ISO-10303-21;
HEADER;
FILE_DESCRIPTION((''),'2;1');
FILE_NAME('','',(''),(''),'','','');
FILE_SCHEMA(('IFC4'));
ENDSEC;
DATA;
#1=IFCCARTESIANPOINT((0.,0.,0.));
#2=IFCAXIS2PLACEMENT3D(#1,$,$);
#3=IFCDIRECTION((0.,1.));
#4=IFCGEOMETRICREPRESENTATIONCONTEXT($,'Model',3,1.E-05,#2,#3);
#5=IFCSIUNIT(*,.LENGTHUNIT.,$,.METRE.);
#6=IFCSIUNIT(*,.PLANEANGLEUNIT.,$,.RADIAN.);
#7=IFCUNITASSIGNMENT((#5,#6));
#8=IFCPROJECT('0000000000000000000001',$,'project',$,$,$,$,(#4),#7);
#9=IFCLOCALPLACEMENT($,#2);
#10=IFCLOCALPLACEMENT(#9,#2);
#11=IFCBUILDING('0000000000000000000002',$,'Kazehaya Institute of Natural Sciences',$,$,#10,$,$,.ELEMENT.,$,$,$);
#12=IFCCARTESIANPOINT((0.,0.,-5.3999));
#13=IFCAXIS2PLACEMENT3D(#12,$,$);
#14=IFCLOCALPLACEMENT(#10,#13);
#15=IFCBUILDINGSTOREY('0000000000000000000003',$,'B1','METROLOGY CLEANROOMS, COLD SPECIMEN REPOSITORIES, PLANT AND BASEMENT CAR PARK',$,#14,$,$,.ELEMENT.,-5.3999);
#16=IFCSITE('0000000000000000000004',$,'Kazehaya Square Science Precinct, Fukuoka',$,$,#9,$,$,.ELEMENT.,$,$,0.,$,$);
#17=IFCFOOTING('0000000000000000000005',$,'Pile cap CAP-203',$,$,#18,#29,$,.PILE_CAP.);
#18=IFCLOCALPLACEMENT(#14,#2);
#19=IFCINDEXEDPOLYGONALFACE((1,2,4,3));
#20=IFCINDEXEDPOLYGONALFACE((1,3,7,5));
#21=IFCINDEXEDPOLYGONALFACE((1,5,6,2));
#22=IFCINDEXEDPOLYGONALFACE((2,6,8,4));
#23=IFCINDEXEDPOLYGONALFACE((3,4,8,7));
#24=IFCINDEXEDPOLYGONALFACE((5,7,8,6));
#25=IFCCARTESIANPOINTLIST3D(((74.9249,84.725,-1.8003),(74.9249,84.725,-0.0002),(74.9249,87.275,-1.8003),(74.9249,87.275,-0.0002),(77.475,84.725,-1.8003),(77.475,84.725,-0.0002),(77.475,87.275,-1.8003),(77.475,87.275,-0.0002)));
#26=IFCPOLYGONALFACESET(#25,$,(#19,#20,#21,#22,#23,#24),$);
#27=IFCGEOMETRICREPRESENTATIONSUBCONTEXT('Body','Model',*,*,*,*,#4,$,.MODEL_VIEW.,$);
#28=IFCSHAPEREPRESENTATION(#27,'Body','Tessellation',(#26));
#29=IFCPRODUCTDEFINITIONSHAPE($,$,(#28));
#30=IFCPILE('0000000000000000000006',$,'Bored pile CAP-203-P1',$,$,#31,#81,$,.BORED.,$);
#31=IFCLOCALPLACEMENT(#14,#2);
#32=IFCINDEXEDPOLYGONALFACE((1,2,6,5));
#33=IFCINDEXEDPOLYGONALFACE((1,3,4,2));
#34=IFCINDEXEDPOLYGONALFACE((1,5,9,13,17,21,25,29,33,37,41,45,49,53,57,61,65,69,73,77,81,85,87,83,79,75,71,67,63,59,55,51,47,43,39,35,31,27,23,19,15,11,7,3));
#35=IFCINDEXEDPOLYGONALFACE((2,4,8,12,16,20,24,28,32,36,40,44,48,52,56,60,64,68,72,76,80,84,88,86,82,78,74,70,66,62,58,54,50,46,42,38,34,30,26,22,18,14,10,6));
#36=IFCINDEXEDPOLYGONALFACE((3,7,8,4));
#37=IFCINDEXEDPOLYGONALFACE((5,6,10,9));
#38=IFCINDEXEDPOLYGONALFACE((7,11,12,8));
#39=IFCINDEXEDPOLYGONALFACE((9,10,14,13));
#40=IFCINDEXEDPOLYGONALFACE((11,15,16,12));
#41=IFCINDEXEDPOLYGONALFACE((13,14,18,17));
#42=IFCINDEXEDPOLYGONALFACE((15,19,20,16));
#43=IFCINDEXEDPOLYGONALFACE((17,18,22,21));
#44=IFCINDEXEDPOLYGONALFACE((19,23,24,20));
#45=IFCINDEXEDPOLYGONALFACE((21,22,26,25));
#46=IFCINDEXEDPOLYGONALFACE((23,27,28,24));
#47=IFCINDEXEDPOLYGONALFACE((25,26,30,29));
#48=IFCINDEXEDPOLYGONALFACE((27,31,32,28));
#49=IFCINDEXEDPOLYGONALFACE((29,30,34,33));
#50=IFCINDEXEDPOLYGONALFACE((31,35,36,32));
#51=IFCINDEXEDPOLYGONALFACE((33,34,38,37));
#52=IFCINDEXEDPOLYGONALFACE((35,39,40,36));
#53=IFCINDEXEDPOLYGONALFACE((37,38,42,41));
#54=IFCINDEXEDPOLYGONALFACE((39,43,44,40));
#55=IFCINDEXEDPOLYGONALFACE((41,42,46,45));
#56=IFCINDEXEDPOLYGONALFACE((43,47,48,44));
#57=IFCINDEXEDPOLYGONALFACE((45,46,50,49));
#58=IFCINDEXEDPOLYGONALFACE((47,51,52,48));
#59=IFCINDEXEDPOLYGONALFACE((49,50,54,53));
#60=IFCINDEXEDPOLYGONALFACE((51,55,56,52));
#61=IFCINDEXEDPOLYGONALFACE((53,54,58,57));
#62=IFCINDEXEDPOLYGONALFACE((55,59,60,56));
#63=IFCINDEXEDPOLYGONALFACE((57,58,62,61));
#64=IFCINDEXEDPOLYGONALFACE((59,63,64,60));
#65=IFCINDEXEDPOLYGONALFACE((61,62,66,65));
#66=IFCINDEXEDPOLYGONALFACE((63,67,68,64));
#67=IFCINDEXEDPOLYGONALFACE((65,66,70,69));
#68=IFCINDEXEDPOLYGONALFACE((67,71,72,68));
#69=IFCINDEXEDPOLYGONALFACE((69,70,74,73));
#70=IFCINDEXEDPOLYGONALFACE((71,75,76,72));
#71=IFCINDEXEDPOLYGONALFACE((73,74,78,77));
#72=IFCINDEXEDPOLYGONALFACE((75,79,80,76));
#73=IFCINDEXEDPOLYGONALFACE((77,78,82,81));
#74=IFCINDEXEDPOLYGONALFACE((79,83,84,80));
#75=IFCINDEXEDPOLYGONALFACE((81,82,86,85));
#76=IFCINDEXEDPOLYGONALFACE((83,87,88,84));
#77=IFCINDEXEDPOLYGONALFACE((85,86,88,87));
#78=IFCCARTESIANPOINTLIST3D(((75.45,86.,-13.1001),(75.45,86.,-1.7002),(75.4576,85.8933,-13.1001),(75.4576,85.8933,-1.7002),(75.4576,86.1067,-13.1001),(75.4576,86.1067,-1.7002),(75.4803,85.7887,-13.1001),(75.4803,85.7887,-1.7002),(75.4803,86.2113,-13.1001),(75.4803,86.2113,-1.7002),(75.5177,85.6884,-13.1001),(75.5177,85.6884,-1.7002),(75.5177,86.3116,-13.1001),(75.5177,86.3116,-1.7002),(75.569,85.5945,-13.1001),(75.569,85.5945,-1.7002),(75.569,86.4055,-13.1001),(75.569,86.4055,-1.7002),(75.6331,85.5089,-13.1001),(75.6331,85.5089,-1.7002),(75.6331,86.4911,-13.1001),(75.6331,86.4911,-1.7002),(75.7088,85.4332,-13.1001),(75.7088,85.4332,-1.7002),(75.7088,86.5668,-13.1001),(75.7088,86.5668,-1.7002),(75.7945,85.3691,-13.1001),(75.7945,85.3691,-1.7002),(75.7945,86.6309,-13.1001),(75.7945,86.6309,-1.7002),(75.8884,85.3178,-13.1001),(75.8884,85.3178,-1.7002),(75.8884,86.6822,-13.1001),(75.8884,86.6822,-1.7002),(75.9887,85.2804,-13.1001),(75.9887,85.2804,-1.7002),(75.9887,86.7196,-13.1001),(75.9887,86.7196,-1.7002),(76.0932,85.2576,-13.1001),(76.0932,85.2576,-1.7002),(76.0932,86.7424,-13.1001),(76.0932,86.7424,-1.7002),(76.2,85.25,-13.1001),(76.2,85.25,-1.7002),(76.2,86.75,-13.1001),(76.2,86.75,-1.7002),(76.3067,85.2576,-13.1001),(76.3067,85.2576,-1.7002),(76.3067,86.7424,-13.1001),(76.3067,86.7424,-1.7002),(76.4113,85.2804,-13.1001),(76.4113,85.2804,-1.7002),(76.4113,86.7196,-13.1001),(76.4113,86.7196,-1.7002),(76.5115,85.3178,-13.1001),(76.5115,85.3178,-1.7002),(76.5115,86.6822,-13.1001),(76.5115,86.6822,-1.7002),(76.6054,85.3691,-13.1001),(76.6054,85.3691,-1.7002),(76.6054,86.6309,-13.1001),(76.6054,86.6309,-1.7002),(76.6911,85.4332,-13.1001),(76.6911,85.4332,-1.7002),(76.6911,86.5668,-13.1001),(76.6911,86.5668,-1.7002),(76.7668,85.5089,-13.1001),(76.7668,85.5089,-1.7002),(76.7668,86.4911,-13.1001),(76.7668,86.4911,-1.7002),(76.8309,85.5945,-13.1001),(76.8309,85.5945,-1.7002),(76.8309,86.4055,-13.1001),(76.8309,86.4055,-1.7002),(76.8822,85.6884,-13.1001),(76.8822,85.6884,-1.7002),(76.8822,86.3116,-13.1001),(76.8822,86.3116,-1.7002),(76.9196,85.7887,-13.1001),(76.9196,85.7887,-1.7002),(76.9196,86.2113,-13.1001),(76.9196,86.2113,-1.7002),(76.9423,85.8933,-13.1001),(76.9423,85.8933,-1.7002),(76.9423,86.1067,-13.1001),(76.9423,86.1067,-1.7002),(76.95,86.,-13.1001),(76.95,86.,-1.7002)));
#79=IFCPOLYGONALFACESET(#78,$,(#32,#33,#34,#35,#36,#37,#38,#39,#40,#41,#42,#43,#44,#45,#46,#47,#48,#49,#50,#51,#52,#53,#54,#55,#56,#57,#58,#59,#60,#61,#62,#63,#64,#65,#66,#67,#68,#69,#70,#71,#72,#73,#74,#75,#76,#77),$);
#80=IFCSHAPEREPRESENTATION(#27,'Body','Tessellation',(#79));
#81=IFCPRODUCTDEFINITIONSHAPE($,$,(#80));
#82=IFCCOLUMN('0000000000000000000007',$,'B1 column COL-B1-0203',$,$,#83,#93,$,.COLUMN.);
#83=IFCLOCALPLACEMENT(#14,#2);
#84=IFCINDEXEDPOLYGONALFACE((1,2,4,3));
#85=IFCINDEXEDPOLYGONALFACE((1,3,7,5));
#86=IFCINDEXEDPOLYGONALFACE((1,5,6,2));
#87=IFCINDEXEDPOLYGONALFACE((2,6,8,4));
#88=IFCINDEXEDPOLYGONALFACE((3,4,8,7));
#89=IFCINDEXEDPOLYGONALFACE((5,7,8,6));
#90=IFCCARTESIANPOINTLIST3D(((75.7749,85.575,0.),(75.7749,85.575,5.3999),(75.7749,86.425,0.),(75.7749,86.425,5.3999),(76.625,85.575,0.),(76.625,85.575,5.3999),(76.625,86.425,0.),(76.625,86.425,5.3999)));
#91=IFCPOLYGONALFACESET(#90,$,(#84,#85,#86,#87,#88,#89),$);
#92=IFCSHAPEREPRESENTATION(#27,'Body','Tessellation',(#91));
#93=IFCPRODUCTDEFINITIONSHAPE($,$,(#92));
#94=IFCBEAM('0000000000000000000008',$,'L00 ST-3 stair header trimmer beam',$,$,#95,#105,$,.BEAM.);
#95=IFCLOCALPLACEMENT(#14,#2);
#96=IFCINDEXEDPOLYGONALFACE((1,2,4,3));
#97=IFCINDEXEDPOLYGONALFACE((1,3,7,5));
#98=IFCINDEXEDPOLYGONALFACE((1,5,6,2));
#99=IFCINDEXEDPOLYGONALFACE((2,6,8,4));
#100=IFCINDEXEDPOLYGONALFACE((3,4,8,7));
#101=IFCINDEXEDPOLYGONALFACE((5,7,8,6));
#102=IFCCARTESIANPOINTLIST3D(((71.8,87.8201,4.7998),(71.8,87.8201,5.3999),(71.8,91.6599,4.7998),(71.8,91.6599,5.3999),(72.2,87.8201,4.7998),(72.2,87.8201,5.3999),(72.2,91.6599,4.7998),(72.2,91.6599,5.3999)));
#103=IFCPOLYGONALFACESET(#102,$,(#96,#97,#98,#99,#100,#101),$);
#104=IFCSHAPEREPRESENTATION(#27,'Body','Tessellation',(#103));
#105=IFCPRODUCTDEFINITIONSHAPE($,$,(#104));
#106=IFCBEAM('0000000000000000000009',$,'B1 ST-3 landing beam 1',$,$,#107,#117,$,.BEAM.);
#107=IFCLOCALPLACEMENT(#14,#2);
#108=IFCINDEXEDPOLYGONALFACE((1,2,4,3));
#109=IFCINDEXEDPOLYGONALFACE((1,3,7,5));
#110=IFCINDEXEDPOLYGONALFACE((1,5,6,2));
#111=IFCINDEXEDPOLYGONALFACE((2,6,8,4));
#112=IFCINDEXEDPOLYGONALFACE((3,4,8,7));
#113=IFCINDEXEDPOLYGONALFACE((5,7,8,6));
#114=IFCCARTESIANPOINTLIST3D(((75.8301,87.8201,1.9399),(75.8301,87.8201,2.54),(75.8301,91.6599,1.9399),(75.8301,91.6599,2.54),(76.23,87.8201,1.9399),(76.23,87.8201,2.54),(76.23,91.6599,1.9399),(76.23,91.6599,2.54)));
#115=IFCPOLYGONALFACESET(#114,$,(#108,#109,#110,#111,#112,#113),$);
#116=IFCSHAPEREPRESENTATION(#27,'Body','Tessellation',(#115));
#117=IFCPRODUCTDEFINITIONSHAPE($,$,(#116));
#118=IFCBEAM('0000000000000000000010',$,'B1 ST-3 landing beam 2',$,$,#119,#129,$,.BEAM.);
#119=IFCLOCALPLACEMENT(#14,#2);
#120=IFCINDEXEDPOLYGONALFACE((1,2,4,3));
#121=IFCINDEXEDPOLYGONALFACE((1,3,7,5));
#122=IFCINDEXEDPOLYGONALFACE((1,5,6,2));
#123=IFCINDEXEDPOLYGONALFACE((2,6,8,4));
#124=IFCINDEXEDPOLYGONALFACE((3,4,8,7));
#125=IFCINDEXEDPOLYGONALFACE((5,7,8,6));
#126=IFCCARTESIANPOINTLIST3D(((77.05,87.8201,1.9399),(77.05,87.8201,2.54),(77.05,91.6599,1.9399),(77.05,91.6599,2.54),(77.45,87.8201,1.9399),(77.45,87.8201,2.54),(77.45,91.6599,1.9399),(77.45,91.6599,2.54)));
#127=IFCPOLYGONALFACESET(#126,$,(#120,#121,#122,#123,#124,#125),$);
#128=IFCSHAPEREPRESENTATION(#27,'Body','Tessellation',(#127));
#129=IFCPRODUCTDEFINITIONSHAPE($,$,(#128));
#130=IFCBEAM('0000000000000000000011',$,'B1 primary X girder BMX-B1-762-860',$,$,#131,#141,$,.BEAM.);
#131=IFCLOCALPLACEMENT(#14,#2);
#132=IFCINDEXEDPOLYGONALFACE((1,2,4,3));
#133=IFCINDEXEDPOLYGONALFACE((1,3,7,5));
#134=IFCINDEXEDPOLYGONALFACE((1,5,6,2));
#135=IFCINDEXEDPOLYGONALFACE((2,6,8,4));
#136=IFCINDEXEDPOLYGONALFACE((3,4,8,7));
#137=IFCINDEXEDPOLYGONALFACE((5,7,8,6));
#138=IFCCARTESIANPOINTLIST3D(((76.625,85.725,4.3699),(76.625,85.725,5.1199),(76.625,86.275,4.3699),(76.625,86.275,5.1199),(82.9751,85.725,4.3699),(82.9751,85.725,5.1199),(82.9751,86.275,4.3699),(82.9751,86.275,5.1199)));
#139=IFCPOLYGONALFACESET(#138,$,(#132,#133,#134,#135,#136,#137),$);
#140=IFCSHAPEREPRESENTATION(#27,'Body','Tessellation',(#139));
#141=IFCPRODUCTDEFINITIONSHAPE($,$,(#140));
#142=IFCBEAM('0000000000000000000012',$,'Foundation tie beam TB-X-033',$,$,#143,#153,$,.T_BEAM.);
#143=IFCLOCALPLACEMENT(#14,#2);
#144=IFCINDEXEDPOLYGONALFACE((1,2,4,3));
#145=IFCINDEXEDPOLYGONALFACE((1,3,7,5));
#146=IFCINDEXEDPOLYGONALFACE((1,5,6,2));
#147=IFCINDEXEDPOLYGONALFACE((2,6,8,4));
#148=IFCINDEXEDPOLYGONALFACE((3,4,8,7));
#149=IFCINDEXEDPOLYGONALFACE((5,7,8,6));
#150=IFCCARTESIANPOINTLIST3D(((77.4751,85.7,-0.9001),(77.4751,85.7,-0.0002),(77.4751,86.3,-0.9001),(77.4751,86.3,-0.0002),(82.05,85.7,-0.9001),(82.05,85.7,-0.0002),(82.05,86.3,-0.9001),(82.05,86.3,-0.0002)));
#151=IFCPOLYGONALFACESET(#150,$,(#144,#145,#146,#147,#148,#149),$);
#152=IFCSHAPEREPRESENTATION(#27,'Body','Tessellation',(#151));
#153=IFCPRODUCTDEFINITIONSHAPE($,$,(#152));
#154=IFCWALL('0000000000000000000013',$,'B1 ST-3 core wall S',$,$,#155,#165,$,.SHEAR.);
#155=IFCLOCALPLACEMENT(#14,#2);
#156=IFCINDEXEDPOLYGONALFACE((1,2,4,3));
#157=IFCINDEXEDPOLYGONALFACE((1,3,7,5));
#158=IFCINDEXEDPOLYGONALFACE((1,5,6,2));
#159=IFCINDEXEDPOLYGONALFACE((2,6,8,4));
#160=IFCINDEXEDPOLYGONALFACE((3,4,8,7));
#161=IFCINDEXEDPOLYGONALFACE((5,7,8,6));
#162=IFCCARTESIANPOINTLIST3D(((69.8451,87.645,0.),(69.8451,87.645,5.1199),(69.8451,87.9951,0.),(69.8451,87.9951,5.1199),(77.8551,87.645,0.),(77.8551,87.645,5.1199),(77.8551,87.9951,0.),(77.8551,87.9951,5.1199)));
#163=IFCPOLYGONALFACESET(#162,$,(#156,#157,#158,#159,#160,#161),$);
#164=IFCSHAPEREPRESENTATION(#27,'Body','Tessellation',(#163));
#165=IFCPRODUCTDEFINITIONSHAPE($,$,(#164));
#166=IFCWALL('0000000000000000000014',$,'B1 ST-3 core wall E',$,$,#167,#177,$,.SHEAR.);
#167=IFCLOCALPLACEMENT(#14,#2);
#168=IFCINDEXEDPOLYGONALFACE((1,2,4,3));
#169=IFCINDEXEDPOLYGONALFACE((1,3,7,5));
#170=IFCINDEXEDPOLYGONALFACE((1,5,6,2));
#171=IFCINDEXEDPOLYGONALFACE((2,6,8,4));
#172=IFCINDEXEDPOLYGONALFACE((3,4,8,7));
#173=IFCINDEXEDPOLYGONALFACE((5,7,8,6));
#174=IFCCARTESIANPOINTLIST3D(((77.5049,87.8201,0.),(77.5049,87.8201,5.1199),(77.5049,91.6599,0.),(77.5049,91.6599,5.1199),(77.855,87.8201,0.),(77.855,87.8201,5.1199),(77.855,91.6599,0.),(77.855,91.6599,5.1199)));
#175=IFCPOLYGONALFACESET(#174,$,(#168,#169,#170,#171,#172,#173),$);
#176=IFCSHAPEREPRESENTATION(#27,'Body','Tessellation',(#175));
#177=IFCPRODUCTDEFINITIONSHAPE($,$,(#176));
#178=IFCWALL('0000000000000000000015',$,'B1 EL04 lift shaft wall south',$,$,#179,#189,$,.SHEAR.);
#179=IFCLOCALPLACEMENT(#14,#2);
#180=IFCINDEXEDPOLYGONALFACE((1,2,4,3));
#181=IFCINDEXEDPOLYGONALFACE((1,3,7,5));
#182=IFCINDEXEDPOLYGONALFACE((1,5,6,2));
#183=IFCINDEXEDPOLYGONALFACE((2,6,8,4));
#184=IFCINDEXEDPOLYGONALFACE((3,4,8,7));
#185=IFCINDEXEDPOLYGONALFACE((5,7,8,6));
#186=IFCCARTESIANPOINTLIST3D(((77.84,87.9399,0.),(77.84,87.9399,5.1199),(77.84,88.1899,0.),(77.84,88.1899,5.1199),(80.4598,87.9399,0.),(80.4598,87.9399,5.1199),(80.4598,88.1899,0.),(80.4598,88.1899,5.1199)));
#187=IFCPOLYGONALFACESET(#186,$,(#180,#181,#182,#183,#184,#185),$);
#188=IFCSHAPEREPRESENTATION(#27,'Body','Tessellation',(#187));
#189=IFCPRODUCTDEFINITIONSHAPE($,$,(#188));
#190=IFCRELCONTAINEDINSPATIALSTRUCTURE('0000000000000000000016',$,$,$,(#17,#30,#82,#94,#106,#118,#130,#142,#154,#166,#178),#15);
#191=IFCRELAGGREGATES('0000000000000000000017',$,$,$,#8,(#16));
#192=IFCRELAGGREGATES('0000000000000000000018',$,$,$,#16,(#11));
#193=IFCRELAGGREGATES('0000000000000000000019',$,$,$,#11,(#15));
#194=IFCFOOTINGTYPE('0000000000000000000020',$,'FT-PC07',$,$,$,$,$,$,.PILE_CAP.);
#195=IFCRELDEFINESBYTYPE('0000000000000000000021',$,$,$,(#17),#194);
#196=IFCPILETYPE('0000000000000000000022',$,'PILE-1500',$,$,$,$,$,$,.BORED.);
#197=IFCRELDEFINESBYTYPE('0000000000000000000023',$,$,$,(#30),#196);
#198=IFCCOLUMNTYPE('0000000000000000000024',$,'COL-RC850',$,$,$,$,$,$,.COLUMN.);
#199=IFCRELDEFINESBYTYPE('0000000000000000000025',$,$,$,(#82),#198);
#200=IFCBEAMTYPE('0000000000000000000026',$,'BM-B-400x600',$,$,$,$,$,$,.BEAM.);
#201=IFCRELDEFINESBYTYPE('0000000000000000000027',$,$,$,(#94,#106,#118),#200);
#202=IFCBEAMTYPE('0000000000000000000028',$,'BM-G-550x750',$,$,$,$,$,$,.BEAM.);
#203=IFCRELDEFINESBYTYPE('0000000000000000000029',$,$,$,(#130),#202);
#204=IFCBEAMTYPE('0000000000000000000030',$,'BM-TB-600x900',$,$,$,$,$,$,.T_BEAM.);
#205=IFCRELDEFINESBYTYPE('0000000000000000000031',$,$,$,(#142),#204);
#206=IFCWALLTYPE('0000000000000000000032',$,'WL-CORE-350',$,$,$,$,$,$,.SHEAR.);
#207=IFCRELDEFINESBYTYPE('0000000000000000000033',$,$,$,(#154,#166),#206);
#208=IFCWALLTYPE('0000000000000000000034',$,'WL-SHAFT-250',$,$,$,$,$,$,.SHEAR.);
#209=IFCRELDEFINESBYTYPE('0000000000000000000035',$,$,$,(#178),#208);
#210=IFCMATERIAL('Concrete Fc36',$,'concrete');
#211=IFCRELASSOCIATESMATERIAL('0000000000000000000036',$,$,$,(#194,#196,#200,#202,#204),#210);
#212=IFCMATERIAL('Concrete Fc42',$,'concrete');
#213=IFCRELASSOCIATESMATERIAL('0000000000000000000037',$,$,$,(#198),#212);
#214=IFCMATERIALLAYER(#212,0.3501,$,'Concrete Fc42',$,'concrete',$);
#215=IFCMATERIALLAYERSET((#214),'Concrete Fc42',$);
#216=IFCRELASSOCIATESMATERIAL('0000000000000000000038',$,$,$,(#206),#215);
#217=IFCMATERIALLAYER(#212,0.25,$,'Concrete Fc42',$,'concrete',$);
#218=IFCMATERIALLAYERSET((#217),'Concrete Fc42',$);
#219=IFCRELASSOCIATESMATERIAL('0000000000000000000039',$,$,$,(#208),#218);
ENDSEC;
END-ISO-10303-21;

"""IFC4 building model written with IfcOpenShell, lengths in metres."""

from ifc_helpers import new_model, si_unit, direction, frame, frame_2d, origin, origin_2d, place, context, subcontext, project, spatial, rectangle, circle, extrude, material, layer, layer_set, material_profile, profile_set, type_object, element, save


model = new_model("IFC4")

# Units and contexts
model_context = context("Model", 3, precision=1e-05, world=origin(), true_north=direction((0.0, 1.0)))
body_context = subcontext(model_context, "Body", "Model", "MODEL_VIEW")
ifc_project = project(units=[si_unit("LENGTHUNIT", "METRE"), si_unit("PLANEANGLEUNIT", "RADIAN")], contexts=[model_context])

# Site, building, storey
site_placement = place(None, origin())
site = spatial("IfcSite", under=ifc_project, at=site_placement, Name="Kazehaya Square Science Precinct, Fukuoka", CompositionType="ELEMENT", RefElevation=0.0)
building_placement = place(site_placement, origin())
building = spatial("IfcBuilding", under=site, at=building_placement, Name="Kazehaya Institute of Natural Sciences", CompositionType="ELEMENT")
storey_placement = place(building_placement, frame((0.0, 0.0, -5.3999)))
storey = spatial("IfcBuildingStorey", under=building, at=storey_placement, Name="B1", Description="METROLOGY CLEANROOMS, COLD SPECIMEN REPOSITORIES, PLANT AND BASEMENT CAR PARK", CompositionType="ELEMENT", Elevation=-5.3999)

# Footing
ifc_material_1 = material(Name="Concrete Fc36", Category="concrete")
footing_type = type_object("IfcFootingType", Name="FT-PC07", PredefinedType="PILE_CAP", material=ifc_material_1)
footing_placement = place(storey_placement, frame((76.2, 86.0, -1.8003), z_axis=(0.0, 0.0, 1.0), x_axis=(1.0, 0.0, 0.0)))
element("IfcFooting", 1, at=footing_placement, inside=storey, type_object=footing_type, Name="Pile cap CAP-203", PredefinedType="PILE_CAP", context=body_context, shape_type="SweptSolid", body=[
    extrude(rectangle(XDim=2.55, YDim=2.55, at=origin_2d()), origin(), (0.0, 0.0, 1.0), 1.8),
])

# Pile
ifc_material_profile_1 = material_profile(ifc_material_1, circle(Radius=0.75, at=origin_2d()), Name="PILE-1500")
ifc_profile_set_1 = profile_set([ifc_material_profile_1], Name="Concrete Fc36")
pile_type = type_object("IfcPileType", Name="PILE-1500", PredefinedType="BORED", material=ifc_profile_set_1)
pile_placement = place(storey_placement, frame((76.2, 86.0, -1.7002), z_axis=(0.0, 0.0, -1.0), x_axis=(1.0, 0.0, 0.0)))
element("IfcPile", 2, at=pile_placement, inside=storey, type_object=pile_type, Name="Bored pile CAP-203-P1", PredefinedType="BORED", context=body_context, shape_type="SweptSolid", body=[
    extrude(circle(Radius=0.75, at=origin_2d()), origin(), (0.0, 0.0, 1.0), 11.3999),
])

# Column
ifc_material_2 = material(Name="Concrete Fc42", Category="concrete")
ifc_material_profile_2 = material_profile(ifc_material_2, rectangle(XDim=0.8501, YDim=0.8501, at=origin_2d()), Name="RC-850x850")
ifc_profile_set_2 = profile_set([ifc_material_profile_2], Name="Concrete Fc42")
column_type = type_object("IfcColumnType", Name="COL-RC850", PredefinedType="COLUMN", material=ifc_profile_set_2)
column_placement = place(storey_placement, frame((76.2, 86.0, 0.0), z_axis=(0.0, 0.0, 1.0), x_axis=(1.0, 0.0, 0.0)))
element("IfcColumn", 3, at=column_placement, inside=storey, type_object=column_type, Name="B1 column COL-B1-0203", PredefinedType="COLUMN", context=body_context, shape_type="SweptSolid", body=[
    extrude(rectangle(XDim=0.8501, YDim=0.8501, at=origin_2d()), origin(), (0.0, 0.0, 1.0), 5.3999),
])

# Beams
ifc_material_profile_3 = material_profile(ifc_material_1, rectangle(XDim=0.3999, YDim=0.6001, at=origin_2d()), Name="RC-400x600")
ifc_profile_set_3 = profile_set([ifc_material_profile_3], Name="Concrete Fc36")
beam_type_1 = type_object("IfcBeamType", Name="BM-B-400x600", PredefinedType="BEAM", material=ifc_profile_set_3)
for number, where, z_axis, x_axis, name in (
    (4, (72.0, 87.8201, 5.0999), (0.0, 1.0, 0.0), (-1.0, 0.0, 0.0), "L00 ST-3 stair header trimmer beam"),
    (5, (76.03, 87.8201, 2.24), (0.0, 1.0, 0.0), (-1.0, 0.0, 0.0), "B1 ST-3 landing beam 1"),
    (6, (77.25, 87.8201, 2.24), (0.0, 1.0, 0.0), (-1.0, 0.0, 0.0), "B1 ST-3 landing beam 2"),
):
    element("IfcBeam", number, at=place(storey_placement, frame(where, z_axis=z_axis, x_axis=x_axis)), inside=storey, type_object=beam_type_1, Name=name, PredefinedType="BEAM", context=body_context, shape_type="SweptSolid", body=[
        extrude(rectangle(XDim=0.3999, YDim=0.6001, at=origin_2d()), origin(), (0.0, 0.0, 1.0), 3.8398),
    ])
ifc_material_profile_4 = material_profile(ifc_material_1, rectangle(XDim=0.55, YDim=0.75, at=origin_2d()), Name="RC-550x750")
ifc_profile_set_4 = profile_set([ifc_material_profile_4], Name="Concrete Fc36")
beam_type_2 = type_object("IfcBeamType", Name="BM-G-550x750", PredefinedType="BEAM", material=ifc_profile_set_4)
beam_1_placement = place(storey_placement, frame((76.625, 86.0, 4.7449), z_axis=(1.0, 0.0, 0.0), x_axis=(0.0, 1.0, 0.0)))
element("IfcBeam", 7, at=beam_1_placement, inside=storey, type_object=beam_type_2, Name="B1 primary X girder BMX-B1-762-860", PredefinedType="BEAM", context=body_context, shape_type="SweptSolid", body=[
    extrude(rectangle(XDim=0.55, YDim=0.75, at=origin_2d()), origin(), (0.0, 0.0, 1.0), 6.3501),
])
ifc_material_profile_5 = material_profile(ifc_material_1, rectangle(XDim=0.6001, YDim=0.8999, at=origin_2d()), Name="RC-600x900")
ifc_profile_set_5 = profile_set([ifc_material_profile_5], Name="Concrete Fc36")
beam_type_3 = type_object("IfcBeamType", Name="BM-TB-600x900", PredefinedType="T_BEAM", material=ifc_profile_set_5)
beam_2_placement = place(storey_placement, frame((77.4751, 86.0, -0.4502), z_axis=(1.0, 0.0, 0.0), x_axis=(0.0, 1.0, 0.0)))
element("IfcBeam", 8, at=beam_2_placement, inside=storey, type_object=beam_type_3, Name="Foundation tie beam TB-X-033", PredefinedType="T_BEAM", context=body_context, shape_type="SweptSolid", body=[
    extrude(rectangle(XDim=0.6001, YDim=0.8999, at=origin_2d()), origin(), (0.0, 0.0, 1.0), 4.575),
])

# Walls
ifc_layer_1 = layer(ifc_material_2, 0.3501, Name="Concrete Fc42", Category="concrete")
ifc_layer_set_1 = layer_set([ifc_layer_1], Name="Concrete Fc42")
wall_type_1 = type_object("IfcWallType", Name="WL-CORE-350", PredefinedType="SHEAR", material=ifc_layer_set_1)
wall_1_placement = place(storey_placement, frame((77.855, 87.8201, 0.0), z_axis=(0.0, 0.0, 1.0), x_axis=(-1.0, 0.0, 0.0)))
element("IfcWall", 9, at=wall_1_placement, inside=storey, type_object=wall_type_1, Name="B1 ST-3 core wall S", PredefinedType="SHEAR", context=body_context, shape_type="SweptSolid", body=[
    extrude(rectangle(XDim=8.01, YDim=0.3501, at=frame_2d((4.0049, 0.0))), origin(), (0.0, 0.0, 1.0), 5.1199),
])
wall_2_placement = place(storey_placement, frame((77.6799, 91.6599, 0.0), z_axis=(0.0, 0.0, 1.0), x_axis=(0.0, -1.0, 0.0)))
element("IfcWall", 10, at=wall_2_placement, inside=storey, type_object=wall_type_1, Name="B1 ST-3 core wall E", PredefinedType="SHEAR", context=body_context, shape_type="SweptSolid", body=[
    extrude(rectangle(XDim=3.8398, YDim=0.3501, at=frame_2d((1.9199, 0.0))), origin(), (0.0, 0.0, 1.0), 5.1199),
])
ifc_layer_2 = layer(ifc_material_2, 0.25, Name="Concrete Fc42", Category="concrete")
ifc_layer_set_2 = layer_set([ifc_layer_2], Name="Concrete Fc42")
wall_type_2 = type_object("IfcWallType", Name="WL-SHAFT-250", PredefinedType="SHEAR", material=ifc_layer_set_2)
wall_3_placement = place(storey_placement, frame((80.46, 88.0649, 0.0), z_axis=(0.0, 0.0, 1.0), x_axis=(-1.0, 0.0, 0.0)))
element("IfcWall", 11, at=wall_3_placement, inside=storey, type_object=wall_type_2, Name="B1 EL04 lift shaft wall south", PredefinedType="SHEAR", context=body_context, shape_type="SweptSolid", body=[
    extrude(rectangle(XDim=2.6199, YDim=0.25, at=frame_2d((1.3101, 0.0))), origin(), (0.0, 0.0, 1.0), 5.1199),
])

save(model, "model.ifc")
